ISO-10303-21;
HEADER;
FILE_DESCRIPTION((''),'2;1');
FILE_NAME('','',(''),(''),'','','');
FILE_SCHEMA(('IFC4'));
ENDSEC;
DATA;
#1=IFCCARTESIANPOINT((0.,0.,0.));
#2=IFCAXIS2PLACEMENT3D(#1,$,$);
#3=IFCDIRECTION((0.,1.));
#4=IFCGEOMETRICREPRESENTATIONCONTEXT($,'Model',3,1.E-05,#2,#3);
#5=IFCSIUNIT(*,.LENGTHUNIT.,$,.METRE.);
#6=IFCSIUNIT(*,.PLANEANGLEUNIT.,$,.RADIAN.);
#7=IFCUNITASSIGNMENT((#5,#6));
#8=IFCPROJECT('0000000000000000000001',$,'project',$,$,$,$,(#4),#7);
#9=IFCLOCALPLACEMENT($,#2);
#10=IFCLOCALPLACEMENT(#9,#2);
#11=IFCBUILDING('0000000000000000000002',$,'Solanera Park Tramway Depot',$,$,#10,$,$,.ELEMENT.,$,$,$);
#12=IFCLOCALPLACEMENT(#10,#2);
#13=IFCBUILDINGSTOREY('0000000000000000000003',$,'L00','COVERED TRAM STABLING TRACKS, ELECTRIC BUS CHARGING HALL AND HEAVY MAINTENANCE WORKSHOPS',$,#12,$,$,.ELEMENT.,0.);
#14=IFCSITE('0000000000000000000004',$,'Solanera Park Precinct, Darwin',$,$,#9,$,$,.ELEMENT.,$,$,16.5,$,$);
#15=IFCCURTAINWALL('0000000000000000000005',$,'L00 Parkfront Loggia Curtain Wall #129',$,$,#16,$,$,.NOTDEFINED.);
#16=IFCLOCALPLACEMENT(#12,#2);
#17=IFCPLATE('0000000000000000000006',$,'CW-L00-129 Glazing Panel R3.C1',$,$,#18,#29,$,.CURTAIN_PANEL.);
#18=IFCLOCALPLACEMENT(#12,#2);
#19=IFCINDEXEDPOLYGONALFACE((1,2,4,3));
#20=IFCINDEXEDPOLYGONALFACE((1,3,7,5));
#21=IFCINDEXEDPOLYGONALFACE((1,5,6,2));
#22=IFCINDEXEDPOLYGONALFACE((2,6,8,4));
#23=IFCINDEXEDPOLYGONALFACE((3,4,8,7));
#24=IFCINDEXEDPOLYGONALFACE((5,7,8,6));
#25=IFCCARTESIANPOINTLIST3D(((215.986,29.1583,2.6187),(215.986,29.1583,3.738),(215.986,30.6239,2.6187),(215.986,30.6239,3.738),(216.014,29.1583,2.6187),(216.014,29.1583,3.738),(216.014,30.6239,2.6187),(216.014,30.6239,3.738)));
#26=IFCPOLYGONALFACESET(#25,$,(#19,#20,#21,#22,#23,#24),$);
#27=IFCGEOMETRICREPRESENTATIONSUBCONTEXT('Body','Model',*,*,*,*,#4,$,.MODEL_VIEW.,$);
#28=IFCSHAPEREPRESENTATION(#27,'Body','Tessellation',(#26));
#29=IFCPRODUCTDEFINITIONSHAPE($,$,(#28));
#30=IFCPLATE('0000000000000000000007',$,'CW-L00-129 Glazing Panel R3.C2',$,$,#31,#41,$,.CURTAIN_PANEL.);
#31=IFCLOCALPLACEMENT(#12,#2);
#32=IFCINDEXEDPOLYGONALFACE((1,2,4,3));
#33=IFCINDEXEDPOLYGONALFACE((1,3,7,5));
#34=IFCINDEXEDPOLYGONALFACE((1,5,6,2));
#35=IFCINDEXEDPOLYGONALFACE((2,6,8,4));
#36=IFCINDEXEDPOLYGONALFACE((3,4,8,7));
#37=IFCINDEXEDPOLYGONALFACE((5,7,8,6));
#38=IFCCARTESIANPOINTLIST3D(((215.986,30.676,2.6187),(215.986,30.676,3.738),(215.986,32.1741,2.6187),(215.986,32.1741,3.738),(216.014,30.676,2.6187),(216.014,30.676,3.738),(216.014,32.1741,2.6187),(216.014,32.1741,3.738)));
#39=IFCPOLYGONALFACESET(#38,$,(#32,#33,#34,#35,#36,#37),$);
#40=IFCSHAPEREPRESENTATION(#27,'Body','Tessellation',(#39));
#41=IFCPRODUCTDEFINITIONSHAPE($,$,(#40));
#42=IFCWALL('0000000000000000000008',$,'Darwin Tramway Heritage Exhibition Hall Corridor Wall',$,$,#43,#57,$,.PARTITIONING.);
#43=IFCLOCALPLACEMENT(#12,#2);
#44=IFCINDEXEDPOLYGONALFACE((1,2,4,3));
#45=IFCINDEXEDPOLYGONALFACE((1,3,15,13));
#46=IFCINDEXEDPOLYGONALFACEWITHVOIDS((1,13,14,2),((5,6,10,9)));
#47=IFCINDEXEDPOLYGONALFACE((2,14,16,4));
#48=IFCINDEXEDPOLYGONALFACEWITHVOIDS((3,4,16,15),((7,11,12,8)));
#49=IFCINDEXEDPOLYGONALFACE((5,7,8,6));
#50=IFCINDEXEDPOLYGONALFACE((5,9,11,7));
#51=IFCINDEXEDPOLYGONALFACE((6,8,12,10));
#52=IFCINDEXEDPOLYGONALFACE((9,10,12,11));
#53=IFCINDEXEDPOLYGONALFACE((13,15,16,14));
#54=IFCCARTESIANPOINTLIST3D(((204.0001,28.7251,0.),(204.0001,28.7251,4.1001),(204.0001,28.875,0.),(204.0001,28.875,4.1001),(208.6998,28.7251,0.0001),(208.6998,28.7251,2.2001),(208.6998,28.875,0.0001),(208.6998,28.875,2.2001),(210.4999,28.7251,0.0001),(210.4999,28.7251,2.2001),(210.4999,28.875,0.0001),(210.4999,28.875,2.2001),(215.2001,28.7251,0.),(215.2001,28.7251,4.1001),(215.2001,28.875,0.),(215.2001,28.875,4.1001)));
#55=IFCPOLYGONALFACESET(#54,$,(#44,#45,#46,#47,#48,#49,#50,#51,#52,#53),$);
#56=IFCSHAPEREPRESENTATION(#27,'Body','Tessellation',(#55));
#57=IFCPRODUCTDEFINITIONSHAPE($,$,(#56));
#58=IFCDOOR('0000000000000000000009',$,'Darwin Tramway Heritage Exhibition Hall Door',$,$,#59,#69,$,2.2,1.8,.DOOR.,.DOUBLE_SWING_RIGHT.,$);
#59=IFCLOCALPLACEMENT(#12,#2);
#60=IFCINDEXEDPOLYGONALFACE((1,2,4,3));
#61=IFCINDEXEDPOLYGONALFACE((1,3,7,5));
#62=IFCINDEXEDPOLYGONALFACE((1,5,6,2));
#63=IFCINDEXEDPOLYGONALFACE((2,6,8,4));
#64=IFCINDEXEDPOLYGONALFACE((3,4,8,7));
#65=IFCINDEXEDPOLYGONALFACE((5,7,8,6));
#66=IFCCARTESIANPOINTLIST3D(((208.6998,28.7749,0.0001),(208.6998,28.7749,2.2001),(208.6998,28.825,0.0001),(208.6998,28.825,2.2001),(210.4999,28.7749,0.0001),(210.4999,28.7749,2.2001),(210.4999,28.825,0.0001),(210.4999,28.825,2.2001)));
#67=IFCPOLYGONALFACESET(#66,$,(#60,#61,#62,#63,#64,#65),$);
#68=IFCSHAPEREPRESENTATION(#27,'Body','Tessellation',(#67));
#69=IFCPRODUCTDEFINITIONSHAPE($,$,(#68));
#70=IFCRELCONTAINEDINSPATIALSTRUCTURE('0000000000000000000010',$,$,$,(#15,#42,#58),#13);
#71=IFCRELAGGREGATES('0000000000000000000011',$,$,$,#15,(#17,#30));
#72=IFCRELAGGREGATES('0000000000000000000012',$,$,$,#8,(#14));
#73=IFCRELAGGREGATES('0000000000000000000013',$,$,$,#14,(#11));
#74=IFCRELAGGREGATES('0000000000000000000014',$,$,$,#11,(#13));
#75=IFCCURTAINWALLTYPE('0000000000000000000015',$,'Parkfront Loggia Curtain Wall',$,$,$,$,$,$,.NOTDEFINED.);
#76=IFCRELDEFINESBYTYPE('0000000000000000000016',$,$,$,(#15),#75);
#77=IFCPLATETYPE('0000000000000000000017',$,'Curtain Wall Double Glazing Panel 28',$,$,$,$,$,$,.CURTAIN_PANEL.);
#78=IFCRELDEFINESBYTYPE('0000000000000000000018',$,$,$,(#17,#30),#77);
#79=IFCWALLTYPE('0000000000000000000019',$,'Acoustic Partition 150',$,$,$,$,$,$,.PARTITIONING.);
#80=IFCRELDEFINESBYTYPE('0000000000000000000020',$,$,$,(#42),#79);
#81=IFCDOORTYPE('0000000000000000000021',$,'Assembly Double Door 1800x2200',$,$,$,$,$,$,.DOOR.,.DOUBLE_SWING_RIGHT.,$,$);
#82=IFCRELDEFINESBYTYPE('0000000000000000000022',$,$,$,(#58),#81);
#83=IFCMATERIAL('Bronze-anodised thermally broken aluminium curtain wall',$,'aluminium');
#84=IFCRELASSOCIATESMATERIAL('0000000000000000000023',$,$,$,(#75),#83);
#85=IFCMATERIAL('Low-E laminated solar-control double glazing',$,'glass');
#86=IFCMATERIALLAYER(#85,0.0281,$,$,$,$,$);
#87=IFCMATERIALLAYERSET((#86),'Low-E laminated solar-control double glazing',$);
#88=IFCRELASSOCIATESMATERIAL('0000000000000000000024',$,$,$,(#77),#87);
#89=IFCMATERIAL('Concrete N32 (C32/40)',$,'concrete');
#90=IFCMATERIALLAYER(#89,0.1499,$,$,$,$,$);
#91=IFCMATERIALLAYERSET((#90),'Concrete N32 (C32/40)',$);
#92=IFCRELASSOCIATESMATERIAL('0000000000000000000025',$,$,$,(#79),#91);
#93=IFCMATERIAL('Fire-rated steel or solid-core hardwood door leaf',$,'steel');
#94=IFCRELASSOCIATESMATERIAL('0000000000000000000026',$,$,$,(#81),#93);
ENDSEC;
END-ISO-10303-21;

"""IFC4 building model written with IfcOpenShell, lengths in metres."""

from ifc_helpers import new_model, si_unit, direction, frame, frame_2d, origin, origin_2d, place, context, subcontext, project, spatial, rectangle, extrude, material, layer, layer_set, type_object, element, fill, aggregate, save


model = new_model("IFC4")

# Units and contexts
model_context = context("Model", 3, precision=1e-05, world=origin(), true_north=direction((0.0, 1.0)))
body_context = subcontext(model_context, "Body", "Model", "MODEL_VIEW")
ifc_project = project(units=[si_unit("LENGTHUNIT", "METRE"), si_unit("PLANEANGLEUNIT", "RADIAN")], contexts=[model_context])

# Site, building, storey
site_placement = place(None, origin())
site = spatial("IfcSite", under=ifc_project, at=site_placement, Name="Solanera Park Precinct, Darwin", CompositionType="ELEMENT", RefElevation=16.5)
building_placement = place(site_placement, origin())
building = spatial("IfcBuilding", under=site, at=building_placement, Name="Solanera Park Tramway Depot", CompositionType="ELEMENT")
storey_placement = place(building_placement, origin())
storey = spatial("IfcBuildingStorey", under=building, at=storey_placement, Name="L00", Description="COVERED TRAM STABLING TRACKS, ELECTRIC BUS CHARGING HALL AND HEAVY MAINTENANCE WORKSHOPS", CompositionType="ELEMENT", Elevation=0.0)

# Curtain wall
ifc_material_1 = material(Name="Bronze-anodised thermally broken aluminium curtain wall", Category="aluminium")
curtain_wall_type = type_object("IfcCurtainWallType", Name="Parkfront Loggia Curtain Wall", PredefinedType="NOTDEFINED", material=ifc_material_1)
curtain_wall_1_placement = place(storey_placement, origin())
curtain_wall_1 = element("IfcCurtainWall", 1, at=curtain_wall_1_placement, inside=storey, type_object=curtain_wall_type, Name="L00 Parkfront Loggia Curtain Wall #129", PredefinedType="NOTDEFINED")

# Plates
ifc_material_2 = material(Name="Low-E laminated solar-control double glazing", Category="glass")
ifc_layer_1 = layer(ifc_material_2, 0.0281)
ifc_layer_set_1 = layer_set([ifc_layer_1], Name="Low-E laminated solar-control double glazing")
plate_type = type_object("IfcPlateType", Name="Curtain Wall Double Glazing Panel 28", PredefinedType="CURTAIN_PANEL", material=ifc_layer_set_1)
plate_1_placement = place(storey_placement, frame((216.0, 29.8911, 2.6187), z_axis=(0.0, 0.0, 1.0), x_axis=(0.0, 1.0, 0.0)))
plate_1 = element("IfcPlate", 2, at=plate_1_placement, type_object=plate_type, Name="CW-L00-129 Glazing Panel R3.C1", PredefinedType="CURTAIN_PANEL", context=body_context, shape_type="SweptSolid", body=[
    extrude(rectangle(XDim=1.4656, YDim=0.0281, at=origin_2d()), origin(), (0.0, 0.0, 1.0), 1.1194),
])
plate_2_placement = place(storey_placement, frame((216.0, 31.425, 2.6187), z_axis=(0.0, 0.0, 1.0), x_axis=(0.0, 1.0, 0.0)))
plate_2 = element("IfcPlate", 3, at=plate_2_placement, type_object=plate_type, Name="CW-L00-129 Glazing Panel R3.C2", PredefinedType="CURTAIN_PANEL", context=body_context, shape_type="SweptSolid", body=[
    extrude(rectangle(XDim=1.498, YDim=0.0281, at=origin_2d()), origin(), (0.0, 0.0, 1.0), 1.1194),
])
aggregate(curtain_wall_1, [plate_1, plate_2])

# Wall, opening, door
ifc_material_3 = material(Name="Concrete N32 (C32/40)", Category="concrete")
ifc_layer_2 = layer(ifc_material_3, 0.1499)
ifc_layer_set_2 = layer_set([ifc_layer_2], Name="Concrete N32 (C32/40)")
wall_type = type_object("IfcWallType", Name="Acoustic Partition 150", PredefinedType="PARTITIONING", material=ifc_layer_set_2)
wall_placement = place(storey_placement, frame((204.0, 28.8, 0.0), z_axis=(0.0, 0.0, 1.0), x_axis=(1.0, 0.0, 0.0)))
wall = element("IfcWall", 4, at=wall_placement, inside=storey, type_object=wall_type, Name="Darwin Tramway Heritage Exhibition Hall Corridor Wall", PredefinedType="PARTITIONING", context=body_context, shape_type="SweptSolid", body=[
    extrude(rectangle(XDim=11.2, YDim=0.1499, at=frame_2d((5.6001, 0.0))), origin(), (0.0, 0.0, 1.0), 4.1001),
])
opening_placement = place(wall_placement, frame((4.7, 0.0, 0.0)))
opening = element("IfcOpeningElement", 5, at=opening_placement, cuts=wall, PredefinedType="OPENING", context=body_context, shape_type="SweptSolid", body=[
    extrude(rectangle(XDim=1.8, YDim=2.2, at=frame_2d((0.8999, 1.1001))), frame((0.0, 0.085, 0.0), z_axis=(0.0, -1.0, 0.0), x_axis=(1.0, 0.0, 0.0)), (0.0, 0.0, 1.0), 0.1699),
])
ifc_material_4 = material(Name="Fire-rated steel or solid-core hardwood door leaf", Category="steel")
door_type = type_object("IfcDoorType", Name="Assembly Double Door 1800x2200", OperationType="DOUBLE_SWING_RIGHT", PredefinedType="DOOR", material=ifc_material_4)
door_placement = place(opening_placement, origin())
door = element("IfcDoor", 6, at=door_placement, inside=storey, type_object=door_type, Name="Darwin Tramway Heritage Exhibition Hall Door", OperationType="DOUBLE_SWING_RIGHT", OverallHeight=2.2, OverallWidth=1.8, PredefinedType="DOOR", context=body_context, shape_type="SweptSolid", body=[
    extrude(rectangle(XDim=1.8, YDim=2.2, at=frame_2d((0.8999, 1.1001))), frame((0.0, 0.0249, 0.0), z_axis=(0.0, -1.0, 0.0), x_axis=(1.0, 0.0, 0.0)), (0.0, 0.0, 1.0), 0.05),
])
fill(opening, door)

save(model, "model.ifc")
